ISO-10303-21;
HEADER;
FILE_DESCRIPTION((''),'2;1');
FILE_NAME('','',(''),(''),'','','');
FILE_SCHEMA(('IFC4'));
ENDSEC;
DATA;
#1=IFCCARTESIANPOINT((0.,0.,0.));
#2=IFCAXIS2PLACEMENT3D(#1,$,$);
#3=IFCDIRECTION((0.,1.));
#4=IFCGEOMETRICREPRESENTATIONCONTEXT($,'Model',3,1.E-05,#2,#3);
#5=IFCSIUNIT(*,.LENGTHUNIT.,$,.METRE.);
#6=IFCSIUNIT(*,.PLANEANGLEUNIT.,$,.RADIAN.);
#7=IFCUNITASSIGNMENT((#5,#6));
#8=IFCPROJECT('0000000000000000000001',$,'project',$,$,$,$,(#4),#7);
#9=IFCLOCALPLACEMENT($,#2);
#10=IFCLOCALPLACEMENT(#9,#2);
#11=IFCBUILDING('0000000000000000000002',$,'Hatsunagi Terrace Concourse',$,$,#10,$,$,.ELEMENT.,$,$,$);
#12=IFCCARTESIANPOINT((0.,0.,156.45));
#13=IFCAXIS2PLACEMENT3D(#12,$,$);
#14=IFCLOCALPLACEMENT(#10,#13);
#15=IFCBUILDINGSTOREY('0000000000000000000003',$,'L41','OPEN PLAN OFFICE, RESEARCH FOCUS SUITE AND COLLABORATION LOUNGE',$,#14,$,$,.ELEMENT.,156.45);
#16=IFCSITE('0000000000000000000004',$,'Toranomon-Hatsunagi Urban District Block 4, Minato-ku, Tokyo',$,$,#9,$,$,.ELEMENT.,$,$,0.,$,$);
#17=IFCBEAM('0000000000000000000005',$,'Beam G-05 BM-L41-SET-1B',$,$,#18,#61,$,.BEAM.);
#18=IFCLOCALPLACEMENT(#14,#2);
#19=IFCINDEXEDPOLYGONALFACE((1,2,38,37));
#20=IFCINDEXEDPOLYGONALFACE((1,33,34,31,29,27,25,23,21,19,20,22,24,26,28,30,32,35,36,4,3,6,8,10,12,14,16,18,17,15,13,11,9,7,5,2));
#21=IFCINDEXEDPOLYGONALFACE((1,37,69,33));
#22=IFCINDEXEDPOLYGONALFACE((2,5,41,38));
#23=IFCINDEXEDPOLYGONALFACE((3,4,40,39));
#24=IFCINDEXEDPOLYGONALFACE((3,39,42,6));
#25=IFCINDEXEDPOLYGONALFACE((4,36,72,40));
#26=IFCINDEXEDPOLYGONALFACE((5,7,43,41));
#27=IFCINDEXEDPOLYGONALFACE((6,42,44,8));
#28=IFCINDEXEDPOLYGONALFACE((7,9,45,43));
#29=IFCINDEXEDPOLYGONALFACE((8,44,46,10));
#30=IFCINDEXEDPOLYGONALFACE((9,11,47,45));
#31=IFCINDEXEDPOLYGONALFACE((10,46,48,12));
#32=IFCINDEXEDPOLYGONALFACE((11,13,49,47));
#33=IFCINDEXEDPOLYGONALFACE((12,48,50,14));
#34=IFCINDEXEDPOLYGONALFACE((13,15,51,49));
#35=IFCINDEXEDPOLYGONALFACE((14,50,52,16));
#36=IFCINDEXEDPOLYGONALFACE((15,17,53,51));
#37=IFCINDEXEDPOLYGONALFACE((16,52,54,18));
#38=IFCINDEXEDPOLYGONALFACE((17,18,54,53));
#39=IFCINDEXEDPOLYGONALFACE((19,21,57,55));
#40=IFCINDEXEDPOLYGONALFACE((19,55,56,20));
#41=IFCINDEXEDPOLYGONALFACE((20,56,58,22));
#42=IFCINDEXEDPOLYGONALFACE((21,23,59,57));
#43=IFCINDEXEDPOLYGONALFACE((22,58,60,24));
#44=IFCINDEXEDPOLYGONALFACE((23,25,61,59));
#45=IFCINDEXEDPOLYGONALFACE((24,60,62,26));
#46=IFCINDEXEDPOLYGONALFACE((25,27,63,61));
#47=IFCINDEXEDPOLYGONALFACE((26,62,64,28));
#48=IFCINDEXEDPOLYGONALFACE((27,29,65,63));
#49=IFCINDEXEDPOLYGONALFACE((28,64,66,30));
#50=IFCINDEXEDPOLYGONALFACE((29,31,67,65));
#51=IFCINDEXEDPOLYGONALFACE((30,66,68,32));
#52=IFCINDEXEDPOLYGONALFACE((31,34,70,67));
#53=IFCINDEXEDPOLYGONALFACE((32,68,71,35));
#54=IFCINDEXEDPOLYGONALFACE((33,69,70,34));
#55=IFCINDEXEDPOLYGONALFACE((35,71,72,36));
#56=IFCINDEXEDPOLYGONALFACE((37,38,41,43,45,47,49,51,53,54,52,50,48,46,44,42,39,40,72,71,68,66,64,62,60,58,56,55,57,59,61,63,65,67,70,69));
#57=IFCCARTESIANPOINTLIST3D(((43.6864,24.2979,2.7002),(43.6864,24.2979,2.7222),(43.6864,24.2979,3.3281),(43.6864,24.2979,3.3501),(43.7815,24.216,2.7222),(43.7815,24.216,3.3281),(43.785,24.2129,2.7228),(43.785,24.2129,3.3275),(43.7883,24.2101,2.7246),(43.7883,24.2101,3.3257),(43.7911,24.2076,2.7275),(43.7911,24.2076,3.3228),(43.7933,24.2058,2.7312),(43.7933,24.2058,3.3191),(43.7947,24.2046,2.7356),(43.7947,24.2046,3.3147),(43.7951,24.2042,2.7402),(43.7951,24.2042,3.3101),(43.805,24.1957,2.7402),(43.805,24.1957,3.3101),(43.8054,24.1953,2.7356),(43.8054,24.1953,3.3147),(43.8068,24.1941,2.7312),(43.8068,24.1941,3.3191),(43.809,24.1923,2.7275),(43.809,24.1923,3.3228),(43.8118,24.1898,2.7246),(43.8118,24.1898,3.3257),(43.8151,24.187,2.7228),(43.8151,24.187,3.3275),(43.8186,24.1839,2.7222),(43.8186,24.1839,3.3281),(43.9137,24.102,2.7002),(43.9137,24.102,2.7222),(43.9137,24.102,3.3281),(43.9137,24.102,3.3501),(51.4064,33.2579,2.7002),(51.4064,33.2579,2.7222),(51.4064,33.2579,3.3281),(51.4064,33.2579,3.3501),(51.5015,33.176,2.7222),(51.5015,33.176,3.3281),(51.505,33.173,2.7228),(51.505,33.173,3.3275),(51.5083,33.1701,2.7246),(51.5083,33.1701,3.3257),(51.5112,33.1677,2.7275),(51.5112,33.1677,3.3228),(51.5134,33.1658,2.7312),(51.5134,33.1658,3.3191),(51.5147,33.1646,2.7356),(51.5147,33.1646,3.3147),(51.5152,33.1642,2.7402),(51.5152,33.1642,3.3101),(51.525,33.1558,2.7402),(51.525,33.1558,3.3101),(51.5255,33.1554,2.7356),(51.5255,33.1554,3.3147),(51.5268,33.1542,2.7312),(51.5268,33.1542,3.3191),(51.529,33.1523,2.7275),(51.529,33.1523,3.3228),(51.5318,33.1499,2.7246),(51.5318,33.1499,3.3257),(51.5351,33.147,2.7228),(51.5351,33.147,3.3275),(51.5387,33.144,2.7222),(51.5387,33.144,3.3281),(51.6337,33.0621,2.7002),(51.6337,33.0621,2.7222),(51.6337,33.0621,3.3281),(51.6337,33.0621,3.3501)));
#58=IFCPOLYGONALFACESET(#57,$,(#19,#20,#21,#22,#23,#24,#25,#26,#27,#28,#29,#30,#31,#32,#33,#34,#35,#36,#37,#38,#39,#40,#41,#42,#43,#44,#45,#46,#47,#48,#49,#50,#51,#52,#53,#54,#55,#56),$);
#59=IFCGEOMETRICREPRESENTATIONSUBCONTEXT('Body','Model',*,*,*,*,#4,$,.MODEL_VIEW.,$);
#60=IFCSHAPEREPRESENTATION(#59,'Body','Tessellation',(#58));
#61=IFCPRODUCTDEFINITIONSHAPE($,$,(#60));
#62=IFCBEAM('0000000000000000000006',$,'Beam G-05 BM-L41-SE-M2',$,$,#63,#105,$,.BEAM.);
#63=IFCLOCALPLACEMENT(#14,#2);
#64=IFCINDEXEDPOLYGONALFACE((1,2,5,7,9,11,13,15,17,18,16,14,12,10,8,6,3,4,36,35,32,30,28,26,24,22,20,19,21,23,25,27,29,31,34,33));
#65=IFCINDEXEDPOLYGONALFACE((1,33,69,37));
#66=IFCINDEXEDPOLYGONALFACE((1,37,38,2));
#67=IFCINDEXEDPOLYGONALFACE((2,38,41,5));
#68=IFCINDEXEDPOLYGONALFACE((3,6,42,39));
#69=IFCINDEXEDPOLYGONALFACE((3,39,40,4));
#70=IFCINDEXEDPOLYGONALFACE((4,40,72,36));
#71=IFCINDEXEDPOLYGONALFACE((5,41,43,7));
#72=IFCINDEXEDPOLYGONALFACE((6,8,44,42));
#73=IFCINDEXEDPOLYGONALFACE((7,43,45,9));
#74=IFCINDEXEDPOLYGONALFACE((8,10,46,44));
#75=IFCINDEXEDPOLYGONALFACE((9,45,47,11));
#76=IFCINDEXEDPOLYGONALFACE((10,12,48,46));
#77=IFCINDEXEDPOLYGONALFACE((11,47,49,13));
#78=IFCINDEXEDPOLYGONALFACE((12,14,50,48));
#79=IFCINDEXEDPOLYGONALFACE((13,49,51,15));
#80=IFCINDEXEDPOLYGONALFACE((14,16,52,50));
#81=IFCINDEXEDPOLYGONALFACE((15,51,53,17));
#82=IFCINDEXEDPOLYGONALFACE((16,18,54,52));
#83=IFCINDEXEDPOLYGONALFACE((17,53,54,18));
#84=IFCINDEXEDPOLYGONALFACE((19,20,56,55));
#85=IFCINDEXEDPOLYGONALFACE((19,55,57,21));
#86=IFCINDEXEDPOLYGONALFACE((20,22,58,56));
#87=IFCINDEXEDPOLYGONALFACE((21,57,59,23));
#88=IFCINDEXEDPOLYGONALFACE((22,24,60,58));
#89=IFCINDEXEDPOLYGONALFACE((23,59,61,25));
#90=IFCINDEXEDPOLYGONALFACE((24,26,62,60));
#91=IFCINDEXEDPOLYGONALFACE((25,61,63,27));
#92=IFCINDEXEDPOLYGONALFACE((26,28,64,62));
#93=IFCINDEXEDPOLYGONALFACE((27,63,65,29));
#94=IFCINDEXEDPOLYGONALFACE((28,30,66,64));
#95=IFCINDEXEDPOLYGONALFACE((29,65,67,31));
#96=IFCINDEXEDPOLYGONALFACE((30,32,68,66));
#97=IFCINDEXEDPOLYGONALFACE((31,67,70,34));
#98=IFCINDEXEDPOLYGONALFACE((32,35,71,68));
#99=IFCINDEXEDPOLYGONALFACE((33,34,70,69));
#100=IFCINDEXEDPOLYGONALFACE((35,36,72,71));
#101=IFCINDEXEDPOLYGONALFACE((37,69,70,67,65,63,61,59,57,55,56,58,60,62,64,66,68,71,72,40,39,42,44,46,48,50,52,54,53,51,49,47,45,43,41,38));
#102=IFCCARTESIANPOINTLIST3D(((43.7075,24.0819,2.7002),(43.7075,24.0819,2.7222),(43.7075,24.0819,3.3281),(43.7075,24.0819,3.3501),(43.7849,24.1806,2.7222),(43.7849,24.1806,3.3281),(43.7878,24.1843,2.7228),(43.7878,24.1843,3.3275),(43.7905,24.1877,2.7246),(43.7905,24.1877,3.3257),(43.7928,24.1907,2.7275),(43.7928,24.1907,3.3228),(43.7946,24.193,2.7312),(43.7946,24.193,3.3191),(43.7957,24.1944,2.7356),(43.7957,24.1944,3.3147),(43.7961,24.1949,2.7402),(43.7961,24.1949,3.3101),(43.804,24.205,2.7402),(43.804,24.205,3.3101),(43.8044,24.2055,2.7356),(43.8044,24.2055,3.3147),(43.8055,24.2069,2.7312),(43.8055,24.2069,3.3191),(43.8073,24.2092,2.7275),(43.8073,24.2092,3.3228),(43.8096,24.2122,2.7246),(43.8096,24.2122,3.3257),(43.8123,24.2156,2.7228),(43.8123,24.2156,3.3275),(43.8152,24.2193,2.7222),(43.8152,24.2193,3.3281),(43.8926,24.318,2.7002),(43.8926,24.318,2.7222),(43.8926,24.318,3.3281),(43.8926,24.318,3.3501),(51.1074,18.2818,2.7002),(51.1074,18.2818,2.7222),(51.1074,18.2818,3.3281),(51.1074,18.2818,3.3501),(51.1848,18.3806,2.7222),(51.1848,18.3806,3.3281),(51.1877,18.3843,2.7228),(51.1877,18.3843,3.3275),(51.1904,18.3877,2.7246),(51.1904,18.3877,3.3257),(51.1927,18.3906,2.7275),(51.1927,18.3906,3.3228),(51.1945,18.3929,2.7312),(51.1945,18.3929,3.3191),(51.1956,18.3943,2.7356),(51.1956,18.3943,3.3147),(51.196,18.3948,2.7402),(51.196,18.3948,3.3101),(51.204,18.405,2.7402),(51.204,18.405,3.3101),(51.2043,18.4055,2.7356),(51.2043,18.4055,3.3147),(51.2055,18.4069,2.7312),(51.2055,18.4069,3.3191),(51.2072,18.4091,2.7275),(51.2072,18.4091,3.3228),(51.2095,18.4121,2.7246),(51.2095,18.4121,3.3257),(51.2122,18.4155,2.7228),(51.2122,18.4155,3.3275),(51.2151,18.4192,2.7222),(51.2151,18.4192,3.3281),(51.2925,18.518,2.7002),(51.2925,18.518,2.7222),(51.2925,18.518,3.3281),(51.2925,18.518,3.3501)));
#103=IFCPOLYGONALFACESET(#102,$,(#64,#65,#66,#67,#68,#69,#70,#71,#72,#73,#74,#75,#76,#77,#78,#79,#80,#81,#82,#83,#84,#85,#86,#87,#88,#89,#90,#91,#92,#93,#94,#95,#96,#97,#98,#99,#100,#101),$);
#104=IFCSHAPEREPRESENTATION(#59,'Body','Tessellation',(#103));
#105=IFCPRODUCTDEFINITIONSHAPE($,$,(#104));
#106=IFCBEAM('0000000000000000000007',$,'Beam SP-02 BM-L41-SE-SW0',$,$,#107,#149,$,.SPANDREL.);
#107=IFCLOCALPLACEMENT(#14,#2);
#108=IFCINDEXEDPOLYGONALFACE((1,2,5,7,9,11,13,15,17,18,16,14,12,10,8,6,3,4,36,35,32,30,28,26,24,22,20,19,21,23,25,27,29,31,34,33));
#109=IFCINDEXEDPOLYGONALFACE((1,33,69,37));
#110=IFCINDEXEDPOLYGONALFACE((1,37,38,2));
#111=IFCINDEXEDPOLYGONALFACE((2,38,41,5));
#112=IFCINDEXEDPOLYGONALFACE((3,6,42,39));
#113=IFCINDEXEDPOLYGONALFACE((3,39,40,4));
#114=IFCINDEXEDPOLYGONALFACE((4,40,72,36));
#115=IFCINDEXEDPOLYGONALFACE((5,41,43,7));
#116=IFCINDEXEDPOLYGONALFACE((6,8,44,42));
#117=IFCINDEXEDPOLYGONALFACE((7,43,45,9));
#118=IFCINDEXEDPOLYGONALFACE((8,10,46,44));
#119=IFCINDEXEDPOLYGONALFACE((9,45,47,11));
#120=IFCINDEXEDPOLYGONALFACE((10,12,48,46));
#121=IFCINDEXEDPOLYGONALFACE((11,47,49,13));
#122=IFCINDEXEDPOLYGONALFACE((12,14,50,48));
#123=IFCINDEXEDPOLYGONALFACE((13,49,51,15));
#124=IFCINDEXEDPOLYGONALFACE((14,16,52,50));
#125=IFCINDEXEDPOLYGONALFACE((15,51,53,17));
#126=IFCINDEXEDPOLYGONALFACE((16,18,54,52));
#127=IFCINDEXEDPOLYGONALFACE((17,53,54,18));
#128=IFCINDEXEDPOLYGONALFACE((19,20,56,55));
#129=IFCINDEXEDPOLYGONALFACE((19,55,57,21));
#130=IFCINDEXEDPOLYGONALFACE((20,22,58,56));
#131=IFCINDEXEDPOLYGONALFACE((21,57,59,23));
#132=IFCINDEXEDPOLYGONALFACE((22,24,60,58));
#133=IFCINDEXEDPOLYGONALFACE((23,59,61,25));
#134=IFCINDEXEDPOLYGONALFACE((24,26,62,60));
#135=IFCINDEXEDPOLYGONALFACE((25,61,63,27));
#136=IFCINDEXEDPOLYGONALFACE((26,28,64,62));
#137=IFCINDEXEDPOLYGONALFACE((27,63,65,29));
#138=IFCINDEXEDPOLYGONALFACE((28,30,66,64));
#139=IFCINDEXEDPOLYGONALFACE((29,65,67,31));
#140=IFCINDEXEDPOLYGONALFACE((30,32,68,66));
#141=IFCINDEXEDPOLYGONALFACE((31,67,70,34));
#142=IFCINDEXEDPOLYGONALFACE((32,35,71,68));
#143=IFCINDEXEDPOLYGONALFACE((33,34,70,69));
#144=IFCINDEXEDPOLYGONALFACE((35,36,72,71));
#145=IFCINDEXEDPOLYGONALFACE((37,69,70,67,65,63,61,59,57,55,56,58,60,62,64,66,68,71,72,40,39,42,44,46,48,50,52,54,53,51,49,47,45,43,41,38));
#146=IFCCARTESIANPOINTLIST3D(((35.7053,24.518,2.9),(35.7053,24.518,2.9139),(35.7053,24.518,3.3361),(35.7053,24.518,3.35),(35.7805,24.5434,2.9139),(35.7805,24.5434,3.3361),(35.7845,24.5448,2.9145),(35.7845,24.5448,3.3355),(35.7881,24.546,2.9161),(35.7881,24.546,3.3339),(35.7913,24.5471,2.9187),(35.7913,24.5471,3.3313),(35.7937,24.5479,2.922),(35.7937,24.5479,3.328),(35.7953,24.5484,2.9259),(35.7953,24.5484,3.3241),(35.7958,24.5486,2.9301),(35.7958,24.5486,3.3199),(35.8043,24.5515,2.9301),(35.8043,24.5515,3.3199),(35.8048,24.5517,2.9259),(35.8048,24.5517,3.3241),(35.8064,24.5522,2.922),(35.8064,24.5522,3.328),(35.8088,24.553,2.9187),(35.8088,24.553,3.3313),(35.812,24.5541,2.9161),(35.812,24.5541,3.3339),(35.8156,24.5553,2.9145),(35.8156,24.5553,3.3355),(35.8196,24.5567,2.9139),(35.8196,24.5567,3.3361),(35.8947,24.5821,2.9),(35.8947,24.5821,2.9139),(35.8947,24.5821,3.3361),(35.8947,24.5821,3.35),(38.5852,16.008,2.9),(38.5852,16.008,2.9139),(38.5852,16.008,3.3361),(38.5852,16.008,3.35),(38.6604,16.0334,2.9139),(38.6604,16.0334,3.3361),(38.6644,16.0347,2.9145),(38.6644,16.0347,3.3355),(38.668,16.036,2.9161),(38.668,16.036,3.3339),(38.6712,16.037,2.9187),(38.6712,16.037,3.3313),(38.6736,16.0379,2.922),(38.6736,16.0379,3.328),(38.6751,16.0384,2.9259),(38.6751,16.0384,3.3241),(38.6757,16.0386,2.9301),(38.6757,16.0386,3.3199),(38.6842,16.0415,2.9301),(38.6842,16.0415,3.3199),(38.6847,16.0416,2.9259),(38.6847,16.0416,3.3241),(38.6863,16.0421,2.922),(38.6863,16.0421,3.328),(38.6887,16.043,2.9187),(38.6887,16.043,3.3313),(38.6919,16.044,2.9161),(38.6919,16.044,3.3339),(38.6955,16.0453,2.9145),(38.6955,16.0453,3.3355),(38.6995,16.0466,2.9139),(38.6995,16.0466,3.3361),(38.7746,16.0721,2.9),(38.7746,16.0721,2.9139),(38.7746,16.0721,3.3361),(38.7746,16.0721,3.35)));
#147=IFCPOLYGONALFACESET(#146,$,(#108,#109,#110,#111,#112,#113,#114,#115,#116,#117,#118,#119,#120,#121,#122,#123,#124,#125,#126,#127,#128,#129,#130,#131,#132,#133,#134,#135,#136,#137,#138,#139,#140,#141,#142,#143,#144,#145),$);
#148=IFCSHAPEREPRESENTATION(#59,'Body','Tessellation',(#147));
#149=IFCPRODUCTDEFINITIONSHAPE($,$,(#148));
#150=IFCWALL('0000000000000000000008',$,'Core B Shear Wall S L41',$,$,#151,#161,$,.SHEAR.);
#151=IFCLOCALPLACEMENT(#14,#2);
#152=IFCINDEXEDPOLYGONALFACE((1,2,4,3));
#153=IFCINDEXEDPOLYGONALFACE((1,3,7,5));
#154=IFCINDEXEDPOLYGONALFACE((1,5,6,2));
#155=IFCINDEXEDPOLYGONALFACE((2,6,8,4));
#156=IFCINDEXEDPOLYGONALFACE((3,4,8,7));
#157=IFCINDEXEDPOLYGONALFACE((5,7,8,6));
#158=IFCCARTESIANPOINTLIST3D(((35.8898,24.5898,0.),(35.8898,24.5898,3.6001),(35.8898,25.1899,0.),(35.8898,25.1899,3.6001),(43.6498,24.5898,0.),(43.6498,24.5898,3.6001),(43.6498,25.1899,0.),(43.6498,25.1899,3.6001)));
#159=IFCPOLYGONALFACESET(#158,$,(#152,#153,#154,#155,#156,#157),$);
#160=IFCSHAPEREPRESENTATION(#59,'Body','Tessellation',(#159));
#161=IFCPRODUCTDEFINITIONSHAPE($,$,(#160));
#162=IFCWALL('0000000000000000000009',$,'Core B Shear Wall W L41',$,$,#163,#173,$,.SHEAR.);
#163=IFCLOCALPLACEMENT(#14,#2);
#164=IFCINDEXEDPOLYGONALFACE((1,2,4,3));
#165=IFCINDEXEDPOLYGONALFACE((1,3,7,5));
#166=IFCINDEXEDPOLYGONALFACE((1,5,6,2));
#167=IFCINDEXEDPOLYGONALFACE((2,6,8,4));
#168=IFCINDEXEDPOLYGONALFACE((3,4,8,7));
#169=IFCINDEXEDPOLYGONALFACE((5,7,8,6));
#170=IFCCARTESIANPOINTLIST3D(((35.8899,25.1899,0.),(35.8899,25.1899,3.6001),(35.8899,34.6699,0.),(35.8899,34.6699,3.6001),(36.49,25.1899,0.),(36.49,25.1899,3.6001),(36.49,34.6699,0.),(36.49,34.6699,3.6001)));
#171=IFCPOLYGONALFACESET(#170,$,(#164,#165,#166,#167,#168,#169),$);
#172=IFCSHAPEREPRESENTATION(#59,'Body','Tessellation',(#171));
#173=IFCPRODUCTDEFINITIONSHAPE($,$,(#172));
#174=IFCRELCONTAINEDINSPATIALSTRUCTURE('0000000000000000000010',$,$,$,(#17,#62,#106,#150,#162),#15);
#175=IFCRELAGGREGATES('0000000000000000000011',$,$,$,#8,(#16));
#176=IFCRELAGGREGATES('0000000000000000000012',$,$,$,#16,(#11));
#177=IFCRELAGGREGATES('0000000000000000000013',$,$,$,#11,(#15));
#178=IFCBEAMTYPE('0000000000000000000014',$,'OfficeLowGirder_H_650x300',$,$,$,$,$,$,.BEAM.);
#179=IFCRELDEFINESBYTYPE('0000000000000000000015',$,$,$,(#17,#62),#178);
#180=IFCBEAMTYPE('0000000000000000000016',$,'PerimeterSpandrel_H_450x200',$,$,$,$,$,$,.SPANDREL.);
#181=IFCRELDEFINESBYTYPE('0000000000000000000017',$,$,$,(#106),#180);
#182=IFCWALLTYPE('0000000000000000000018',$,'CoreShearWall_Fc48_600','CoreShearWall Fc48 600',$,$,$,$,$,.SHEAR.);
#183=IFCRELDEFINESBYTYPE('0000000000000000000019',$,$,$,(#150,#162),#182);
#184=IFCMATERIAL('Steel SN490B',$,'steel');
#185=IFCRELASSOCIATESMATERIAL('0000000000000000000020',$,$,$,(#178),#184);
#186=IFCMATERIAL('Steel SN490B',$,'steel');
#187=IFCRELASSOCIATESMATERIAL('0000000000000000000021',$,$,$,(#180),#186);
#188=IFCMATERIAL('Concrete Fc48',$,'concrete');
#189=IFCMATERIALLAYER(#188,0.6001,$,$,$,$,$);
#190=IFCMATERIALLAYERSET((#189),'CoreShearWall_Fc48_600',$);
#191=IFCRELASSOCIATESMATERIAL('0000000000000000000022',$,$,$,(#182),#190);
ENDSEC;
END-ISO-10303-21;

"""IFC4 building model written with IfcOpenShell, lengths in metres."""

from ifc_helpers import new_model, si_unit, direction, frame, frame_2d, origin, origin_2d, place, context, subcontext, project, spatial, rectangle, i_section, extrude, material, layer, layer_set, material_profile, profile_set, type_object, element, save


model = new_model("IFC4")

# Units and contexts
model_context = context("Model", 3, precision=1e-05, world=origin(), true_north=direction((0.0, 1.0)))
body_context = subcontext(model_context, "Body", "Model", "MODEL_VIEW")
ifc_project = project(units=[si_unit("LENGTHUNIT", "METRE"), si_unit("PLANEANGLEUNIT", "RADIAN")], contexts=[model_context])

# Site, building, storey
site_placement = place(None, origin())
site = spatial("IfcSite", under=ifc_project, at=site_placement, Name="Toranomon-Hatsunagi Urban District Block 4, Minato-ku, Tokyo", CompositionType="ELEMENT", RefElevation=0.0)
building_placement = place(site_placement, origin())
building = spatial("IfcBuilding", under=site, at=building_placement, Name="Hatsunagi Terrace Concourse", CompositionType="ELEMENT")
storey_placement = place(building_placement, frame((0.0, 0.0, 156.45)))
storey = spatial("IfcBuildingStorey", under=building, at=storey_placement, Name="L41", Description="OPEN PLAN OFFICE, RESEARCH FOCUS SUITE AND COLLABORATION LOUNGE", CompositionType="ELEMENT", Elevation=156.45)

# Beams
ifc_material_1 = material(Name="Steel SN490B", Category="steel")
ifc_material_profile_1 = material_profile(ifc_material_1, i_section(OverallWidth=0.3, OverallDepth=0.6499, WebThickness=0.0129, FlangeThickness=0.022, FilletRadius=0.0181, at=origin_2d()), Name="H-650x300x13x22")
ifc_profile_set_1 = profile_set([ifc_material_profile_1], Name="Steel SN490B")
beam_type_1 = type_object("IfcBeamType", Name="OfficeLowGirder_H_650x300", PredefinedType="BEAM", material=ifc_profile_set_1)
beam_1_placement = place(storey_placement, frame((43.8, 24.2, 3.0251), z_axis=(0.652739, 0.757583, 0.0), x_axis=(-0.757583, 0.652739, 0.0)))
element("IfcBeam", 1, at=beam_1_placement, inside=storey, type_object=beam_type_1, Name="Beam G-05 BM-L41-SET-1B", PredefinedType="BEAM", context=body_context, shape_type="SweptSolid", body=[
    extrude(i_section(OverallWidth=0.3, OverallDepth=0.6499, WebThickness=0.0129, FlangeThickness=0.022, FilletRadius=0.0181, at=origin_2d()), origin(), (0.0, 0.0, 1.0), 11.8271),
])
beam_2_placement = place(storey_placement, frame((43.8, 24.2, 3.0251), z_axis=(0.787049, -0.61689, 0.0), x_axis=(0.61689, 0.787049, 0.0)))
element("IfcBeam", 2, at=beam_2_placement, inside=storey, type_object=beam_type_1, Name="Beam G-05 BM-L41-SE-M2", PredefinedType="BEAM", context=body_context, shape_type="SweptSolid", body=[
    extrude(i_section(OverallWidth=0.3, OverallDepth=0.6499, WebThickness=0.0129, FlangeThickness=0.022, FilletRadius=0.0181, at=origin_2d()), origin(), (0.0, 0.0, 1.0), 9.4021),
])
ifc_material_2 = material(Name="Steel SN490B", Category="steel")
ifc_material_profile_2 = material_profile(ifc_material_2, i_section(OverallWidth=0.2, OverallDepth=0.45, WebThickness=0.009, FlangeThickness=0.0139, FilletRadius=0.0161, at=origin_2d()), Name="H-450x200x9x14")
ifc_profile_set_2 = profile_set([ifc_material_profile_2], Name="Steel SN490B")
beam_type_2 = type_object("IfcBeamType", Name="PerimeterSpandrel_H_450x200", PredefinedType="SPANDREL", material=ifc_profile_set_2)
beam_3_placement = place(storey_placement, frame((35.8, 24.55, 3.125), z_axis=(0.320553, -0.94723, 0.0), x_axis=(0.94723, 0.320553, 0.0)))
element("IfcBeam", 3, at=beam_3_placement, inside=storey, type_object=beam_type_2, Name="Beam SP-02 BM-L41-SE-SW0", PredefinedType="SPANDREL", context=body_context, shape_type="SweptSolid", body=[
    extrude(i_section(OverallWidth=0.2, OverallDepth=0.45, WebThickness=0.009, FlangeThickness=0.0139, FilletRadius=0.0161, at=origin_2d()), origin(), (0.0, 0.0, 1.0), 8.9841),
])

# Walls
ifc_material_3 = material(Name="Concrete Fc48", Category="concrete")
ifc_layer_1 = layer(ifc_material_3, 0.6001)
ifc_layer_set_1 = layer_set([ifc_layer_1], Name="CoreShearWall_Fc48_600")
wall_type_1 = type_object("IfcWallType", Name="CoreShearWall_Fc48_600", Description="CoreShearWall Fc48 600", PredefinedType="SHEAR", material=ifc_layer_set_1)
wall_1_placement = place(storey_placement, frame((35.8899, 24.8899, 0.0), z_axis=(0.0, 0.0, 1.0), x_axis=(1.0, 0.0, 0.0)))
element("IfcWall", 4, at=wall_1_placement, inside=storey, type_object=wall_type_1, Name="Core B Shear Wall S L41", PredefinedType="SHEAR", context=body_context, shape_type="SweptSolid", body=[
    extrude(rectangle(XDim=7.76, YDim=0.6001, at=frame_2d((3.8799, 0.0))), origin(), (0.0, 0.0, 1.0), 3.6001),
])
wall_2_placement = place(storey_placement, frame((36.1899, 25.1899, 0.0), z_axis=(0.0, 0.0, 1.0), x_axis=(0.0, 1.0, 0.0)))
element("IfcWall", 5, at=wall_2_placement, inside=storey, type_object=wall_type_1, Name="Core B Shear Wall W L41", PredefinedType="SHEAR", context=body_context, shape_type="SweptSolid", body=[
    extrude(rectangle(XDim=9.48, YDim=0.6001, at=frame_2d((4.74, 0.0))), origin(), (0.0, 0.0, 1.0), 3.6001),
])

save(model, "model.ifc")
